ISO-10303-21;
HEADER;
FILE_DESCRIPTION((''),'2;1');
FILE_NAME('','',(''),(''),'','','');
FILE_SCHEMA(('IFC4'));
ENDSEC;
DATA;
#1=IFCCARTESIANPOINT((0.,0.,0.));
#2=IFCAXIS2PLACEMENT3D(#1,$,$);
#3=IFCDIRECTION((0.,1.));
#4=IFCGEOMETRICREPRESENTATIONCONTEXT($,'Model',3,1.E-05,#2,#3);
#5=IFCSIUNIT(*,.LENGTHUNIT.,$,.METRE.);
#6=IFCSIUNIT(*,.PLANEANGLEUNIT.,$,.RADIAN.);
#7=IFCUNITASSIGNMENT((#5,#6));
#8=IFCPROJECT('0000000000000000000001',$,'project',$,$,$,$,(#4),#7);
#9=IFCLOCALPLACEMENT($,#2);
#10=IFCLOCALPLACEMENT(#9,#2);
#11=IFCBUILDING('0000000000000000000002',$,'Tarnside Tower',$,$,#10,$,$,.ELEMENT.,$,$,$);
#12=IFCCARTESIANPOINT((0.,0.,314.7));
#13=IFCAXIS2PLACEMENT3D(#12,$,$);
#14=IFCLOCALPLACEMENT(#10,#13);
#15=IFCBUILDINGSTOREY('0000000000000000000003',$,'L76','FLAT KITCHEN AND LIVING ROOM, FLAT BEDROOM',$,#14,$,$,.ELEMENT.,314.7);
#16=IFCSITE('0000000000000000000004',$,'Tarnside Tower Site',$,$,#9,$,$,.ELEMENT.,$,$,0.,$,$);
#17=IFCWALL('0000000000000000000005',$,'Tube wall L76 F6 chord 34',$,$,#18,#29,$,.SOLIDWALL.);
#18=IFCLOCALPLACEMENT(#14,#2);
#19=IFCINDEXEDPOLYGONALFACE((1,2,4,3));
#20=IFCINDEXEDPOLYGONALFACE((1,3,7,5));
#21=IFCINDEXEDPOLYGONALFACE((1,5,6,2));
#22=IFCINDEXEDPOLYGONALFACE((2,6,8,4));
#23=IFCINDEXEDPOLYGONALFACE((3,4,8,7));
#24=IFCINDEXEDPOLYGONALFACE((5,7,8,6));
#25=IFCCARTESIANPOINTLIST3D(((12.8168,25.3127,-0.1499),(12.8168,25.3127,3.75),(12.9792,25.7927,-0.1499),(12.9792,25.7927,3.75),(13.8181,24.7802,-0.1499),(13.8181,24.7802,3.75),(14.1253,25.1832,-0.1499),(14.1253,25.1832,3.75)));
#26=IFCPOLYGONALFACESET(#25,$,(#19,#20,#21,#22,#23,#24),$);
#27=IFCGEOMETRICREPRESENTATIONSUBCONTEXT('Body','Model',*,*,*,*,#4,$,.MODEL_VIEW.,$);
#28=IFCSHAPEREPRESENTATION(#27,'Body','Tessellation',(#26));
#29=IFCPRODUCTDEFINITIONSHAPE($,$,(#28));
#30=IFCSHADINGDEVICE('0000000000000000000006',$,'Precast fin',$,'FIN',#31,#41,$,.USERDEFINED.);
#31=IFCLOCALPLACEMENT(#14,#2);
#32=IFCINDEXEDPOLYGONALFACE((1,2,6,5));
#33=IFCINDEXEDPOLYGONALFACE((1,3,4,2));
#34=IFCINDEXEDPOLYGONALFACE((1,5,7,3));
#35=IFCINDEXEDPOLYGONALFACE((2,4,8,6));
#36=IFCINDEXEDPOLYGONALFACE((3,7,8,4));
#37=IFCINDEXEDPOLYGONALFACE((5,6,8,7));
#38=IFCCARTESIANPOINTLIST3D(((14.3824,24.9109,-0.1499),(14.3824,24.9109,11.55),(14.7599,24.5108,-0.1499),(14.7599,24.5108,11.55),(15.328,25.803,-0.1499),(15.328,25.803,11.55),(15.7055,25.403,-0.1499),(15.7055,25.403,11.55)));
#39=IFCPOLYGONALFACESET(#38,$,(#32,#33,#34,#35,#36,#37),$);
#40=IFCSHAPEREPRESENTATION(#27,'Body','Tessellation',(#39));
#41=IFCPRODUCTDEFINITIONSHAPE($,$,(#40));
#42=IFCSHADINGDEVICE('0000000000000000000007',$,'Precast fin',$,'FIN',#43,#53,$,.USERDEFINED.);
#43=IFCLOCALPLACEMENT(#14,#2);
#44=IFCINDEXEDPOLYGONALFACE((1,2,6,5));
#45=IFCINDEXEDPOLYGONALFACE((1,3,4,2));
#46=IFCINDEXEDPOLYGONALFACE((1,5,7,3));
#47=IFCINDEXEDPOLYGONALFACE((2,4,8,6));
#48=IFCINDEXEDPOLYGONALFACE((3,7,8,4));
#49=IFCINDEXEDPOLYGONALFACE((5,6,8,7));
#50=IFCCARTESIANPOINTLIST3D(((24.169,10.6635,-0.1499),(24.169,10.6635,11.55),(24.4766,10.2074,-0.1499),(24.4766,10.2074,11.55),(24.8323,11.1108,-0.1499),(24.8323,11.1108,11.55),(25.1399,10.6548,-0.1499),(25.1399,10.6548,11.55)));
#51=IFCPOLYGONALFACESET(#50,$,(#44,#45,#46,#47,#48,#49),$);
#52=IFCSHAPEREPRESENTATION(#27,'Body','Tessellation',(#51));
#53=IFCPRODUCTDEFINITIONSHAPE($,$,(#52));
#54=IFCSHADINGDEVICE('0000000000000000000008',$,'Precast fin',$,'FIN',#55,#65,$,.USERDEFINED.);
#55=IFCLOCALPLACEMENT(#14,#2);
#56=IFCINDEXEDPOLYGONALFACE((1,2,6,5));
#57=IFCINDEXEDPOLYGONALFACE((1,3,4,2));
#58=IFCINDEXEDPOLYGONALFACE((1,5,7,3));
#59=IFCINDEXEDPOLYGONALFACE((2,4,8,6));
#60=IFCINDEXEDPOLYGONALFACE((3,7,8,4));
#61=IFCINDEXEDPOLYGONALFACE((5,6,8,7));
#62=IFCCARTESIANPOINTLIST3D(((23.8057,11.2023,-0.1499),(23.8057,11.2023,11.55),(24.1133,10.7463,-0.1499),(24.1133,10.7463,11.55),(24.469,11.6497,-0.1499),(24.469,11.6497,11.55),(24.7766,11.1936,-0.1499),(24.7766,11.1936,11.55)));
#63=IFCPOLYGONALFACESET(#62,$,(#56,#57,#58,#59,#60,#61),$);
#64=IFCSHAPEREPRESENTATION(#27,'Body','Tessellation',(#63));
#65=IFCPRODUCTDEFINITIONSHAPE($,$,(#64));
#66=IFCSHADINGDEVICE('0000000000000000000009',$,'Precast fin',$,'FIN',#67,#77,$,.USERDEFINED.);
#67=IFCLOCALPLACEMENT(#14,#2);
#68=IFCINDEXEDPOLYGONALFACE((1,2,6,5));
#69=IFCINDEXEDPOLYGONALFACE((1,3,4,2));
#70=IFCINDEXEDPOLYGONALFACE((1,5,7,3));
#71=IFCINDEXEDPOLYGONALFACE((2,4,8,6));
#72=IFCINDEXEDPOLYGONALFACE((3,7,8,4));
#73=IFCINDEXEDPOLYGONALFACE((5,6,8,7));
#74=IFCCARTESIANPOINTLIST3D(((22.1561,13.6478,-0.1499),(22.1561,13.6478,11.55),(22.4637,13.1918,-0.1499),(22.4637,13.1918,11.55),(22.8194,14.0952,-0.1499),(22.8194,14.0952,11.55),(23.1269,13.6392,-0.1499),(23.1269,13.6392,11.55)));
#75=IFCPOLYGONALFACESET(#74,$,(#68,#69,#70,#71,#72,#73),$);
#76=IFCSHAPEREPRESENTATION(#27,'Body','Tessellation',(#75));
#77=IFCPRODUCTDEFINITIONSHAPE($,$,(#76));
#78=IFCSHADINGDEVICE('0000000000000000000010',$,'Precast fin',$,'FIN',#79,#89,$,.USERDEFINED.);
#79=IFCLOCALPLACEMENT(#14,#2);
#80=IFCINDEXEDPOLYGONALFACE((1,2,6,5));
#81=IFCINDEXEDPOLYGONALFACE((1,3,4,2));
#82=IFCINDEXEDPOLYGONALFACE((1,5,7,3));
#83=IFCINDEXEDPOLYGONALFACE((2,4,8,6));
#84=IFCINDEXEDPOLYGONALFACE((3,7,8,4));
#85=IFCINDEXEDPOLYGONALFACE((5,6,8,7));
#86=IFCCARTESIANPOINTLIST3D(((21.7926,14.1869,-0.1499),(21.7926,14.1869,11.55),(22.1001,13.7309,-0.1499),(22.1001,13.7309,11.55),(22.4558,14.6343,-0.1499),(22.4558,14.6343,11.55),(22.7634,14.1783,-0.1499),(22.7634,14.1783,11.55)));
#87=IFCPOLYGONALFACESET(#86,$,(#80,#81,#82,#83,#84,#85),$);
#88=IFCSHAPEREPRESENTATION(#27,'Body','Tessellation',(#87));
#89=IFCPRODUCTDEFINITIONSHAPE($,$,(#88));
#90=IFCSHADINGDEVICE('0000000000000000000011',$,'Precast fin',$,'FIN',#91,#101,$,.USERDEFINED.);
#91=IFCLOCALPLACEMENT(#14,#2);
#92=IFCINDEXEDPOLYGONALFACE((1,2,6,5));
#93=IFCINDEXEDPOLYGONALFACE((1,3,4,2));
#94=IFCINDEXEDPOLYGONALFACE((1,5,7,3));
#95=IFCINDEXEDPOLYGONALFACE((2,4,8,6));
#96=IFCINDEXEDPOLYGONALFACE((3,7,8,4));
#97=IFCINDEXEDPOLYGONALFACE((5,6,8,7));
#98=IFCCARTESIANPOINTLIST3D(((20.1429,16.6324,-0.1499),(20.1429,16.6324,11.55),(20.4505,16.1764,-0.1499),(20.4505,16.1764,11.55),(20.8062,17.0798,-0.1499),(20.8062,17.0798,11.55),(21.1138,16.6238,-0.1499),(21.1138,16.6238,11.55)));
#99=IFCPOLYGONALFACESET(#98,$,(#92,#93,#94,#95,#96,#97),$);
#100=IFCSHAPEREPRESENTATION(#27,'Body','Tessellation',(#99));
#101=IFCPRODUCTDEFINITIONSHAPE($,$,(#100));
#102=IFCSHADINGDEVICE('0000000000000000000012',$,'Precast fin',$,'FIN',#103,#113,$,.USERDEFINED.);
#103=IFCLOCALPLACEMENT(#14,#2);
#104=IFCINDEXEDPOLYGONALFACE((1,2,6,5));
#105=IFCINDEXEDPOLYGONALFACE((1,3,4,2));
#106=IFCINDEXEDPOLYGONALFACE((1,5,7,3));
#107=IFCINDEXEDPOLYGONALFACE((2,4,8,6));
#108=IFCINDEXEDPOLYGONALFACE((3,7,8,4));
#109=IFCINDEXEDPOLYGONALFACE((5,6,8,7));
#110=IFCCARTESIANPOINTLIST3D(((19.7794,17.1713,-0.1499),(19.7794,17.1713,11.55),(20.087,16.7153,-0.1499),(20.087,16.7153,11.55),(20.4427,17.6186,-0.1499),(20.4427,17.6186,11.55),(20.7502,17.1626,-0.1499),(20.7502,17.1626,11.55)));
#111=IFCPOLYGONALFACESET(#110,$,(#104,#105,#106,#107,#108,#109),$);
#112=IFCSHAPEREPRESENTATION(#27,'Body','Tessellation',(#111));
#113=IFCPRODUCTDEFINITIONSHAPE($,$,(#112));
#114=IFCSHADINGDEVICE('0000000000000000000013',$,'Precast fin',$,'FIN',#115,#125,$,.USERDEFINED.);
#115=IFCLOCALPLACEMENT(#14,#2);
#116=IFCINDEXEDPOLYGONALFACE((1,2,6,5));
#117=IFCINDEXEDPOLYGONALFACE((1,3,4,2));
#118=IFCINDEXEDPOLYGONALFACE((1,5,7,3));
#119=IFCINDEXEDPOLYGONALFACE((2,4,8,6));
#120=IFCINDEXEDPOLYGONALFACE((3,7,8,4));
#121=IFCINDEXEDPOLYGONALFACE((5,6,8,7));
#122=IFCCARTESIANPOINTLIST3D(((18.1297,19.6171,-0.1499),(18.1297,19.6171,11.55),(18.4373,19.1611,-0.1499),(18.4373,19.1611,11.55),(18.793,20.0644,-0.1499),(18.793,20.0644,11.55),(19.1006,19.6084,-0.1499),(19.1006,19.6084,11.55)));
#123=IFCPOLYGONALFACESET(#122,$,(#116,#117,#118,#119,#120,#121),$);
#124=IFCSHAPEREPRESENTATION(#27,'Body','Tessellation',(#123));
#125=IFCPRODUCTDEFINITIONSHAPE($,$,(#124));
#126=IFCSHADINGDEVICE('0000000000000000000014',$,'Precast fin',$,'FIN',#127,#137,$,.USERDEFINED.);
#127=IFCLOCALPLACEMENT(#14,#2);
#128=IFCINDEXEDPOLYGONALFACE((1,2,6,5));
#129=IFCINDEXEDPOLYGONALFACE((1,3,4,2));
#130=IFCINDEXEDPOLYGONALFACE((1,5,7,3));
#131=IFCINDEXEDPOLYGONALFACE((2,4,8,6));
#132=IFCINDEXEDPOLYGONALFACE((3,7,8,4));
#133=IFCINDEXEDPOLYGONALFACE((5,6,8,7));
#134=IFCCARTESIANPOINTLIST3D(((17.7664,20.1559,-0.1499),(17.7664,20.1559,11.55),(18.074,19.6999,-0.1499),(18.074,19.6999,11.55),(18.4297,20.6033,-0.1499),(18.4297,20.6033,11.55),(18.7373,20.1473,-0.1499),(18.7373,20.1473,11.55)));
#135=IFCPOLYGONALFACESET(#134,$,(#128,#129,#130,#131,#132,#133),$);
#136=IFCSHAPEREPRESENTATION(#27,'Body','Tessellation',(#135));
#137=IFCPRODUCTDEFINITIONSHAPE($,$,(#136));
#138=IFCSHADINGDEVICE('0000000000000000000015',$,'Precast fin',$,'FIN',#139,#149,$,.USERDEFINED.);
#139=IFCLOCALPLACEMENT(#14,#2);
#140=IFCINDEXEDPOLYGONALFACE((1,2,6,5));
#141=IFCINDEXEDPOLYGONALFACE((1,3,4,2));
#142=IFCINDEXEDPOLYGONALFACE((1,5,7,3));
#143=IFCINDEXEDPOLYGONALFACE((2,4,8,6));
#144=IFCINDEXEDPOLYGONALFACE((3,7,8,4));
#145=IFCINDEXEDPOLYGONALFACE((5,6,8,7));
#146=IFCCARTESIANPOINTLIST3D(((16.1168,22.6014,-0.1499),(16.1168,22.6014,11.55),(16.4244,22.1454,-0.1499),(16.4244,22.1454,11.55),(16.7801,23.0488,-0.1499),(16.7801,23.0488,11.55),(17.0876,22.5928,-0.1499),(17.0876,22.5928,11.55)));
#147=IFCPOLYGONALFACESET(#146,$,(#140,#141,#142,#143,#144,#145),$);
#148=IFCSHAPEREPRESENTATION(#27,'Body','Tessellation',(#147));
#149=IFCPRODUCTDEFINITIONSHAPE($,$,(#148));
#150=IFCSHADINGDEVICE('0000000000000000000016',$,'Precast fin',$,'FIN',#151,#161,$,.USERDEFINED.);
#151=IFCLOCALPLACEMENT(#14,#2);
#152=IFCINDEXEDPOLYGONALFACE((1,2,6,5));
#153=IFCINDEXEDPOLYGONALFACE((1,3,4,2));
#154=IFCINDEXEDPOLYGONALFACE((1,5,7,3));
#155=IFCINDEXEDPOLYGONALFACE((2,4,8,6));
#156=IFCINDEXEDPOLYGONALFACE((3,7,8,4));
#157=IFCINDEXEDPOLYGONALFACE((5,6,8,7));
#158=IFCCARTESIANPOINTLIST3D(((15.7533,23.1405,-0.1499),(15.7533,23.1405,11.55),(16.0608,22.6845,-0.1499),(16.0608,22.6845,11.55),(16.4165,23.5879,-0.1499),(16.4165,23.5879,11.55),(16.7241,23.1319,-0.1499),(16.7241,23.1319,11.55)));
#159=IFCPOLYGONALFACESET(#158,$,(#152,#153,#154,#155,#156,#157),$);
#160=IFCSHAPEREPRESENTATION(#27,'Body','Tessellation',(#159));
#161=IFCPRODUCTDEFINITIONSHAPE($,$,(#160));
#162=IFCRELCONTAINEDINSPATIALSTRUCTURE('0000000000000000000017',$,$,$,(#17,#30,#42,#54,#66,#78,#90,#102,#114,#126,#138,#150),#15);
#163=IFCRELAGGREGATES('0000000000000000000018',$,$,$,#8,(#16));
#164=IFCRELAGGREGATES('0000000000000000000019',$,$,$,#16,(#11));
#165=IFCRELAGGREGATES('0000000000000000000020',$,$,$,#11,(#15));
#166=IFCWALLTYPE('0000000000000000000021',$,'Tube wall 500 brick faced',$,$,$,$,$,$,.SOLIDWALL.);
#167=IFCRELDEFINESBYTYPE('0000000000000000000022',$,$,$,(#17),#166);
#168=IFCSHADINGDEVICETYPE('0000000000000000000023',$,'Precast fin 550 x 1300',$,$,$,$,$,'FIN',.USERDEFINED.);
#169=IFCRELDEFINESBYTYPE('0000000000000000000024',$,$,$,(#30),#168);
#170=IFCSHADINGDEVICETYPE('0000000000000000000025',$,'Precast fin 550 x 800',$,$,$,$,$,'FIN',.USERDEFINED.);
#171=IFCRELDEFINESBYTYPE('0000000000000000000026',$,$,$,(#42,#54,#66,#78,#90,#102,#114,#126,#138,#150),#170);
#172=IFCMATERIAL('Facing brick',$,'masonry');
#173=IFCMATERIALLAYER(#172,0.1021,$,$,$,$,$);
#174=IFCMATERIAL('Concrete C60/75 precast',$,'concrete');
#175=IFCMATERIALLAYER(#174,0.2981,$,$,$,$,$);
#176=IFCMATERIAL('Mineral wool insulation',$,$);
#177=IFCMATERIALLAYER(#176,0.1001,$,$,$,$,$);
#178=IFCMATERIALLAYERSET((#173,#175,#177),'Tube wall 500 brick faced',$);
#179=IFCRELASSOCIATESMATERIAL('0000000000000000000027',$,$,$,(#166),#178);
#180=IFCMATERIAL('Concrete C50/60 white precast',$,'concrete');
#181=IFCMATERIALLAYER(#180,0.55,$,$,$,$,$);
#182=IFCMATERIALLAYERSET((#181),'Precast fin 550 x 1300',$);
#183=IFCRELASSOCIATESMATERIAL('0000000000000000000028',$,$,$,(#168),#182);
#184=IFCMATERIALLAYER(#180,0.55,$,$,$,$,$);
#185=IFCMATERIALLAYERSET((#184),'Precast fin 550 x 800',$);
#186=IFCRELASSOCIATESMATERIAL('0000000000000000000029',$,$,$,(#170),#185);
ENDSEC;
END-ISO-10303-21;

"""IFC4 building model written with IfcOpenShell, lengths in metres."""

from ifc_helpers import new_model, si_unit, direction, frame, origin, place, context, subcontext, project, spatial, polyline, outline, extrude, material, layer, layer_set, type_object, element, save


model = new_model("IFC4")

# Units and contexts
model_context = context("Model", 3, precision=1e-05, world=origin(), true_north=direction((0.0, 1.0)))
body_context = subcontext(model_context, "Body", "Model", "MODEL_VIEW")
ifc_project = project(units=[si_unit("LENGTHUNIT", "METRE"), si_unit("PLANEANGLEUNIT", "RADIAN")], contexts=[model_context])

# Site, building, storey
site_placement = place(None, origin())
site = spatial("IfcSite", under=ifc_project, at=site_placement, Name="Tarnside Tower Site", CompositionType="ELEMENT", RefElevation=0.0)
building_placement = place(site_placement, origin())
building = spatial("IfcBuilding", under=site, at=building_placement, Name="Tarnside Tower", CompositionType="ELEMENT")
storey_placement = place(building_placement, frame((0.0, 0.0, 314.7)))
storey = spatial("IfcBuildingStorey", under=building, at=storey_placement, Name="L76", Description="FLAT KITCHEN AND LIVING ROOM, FLAT BEDROOM", CompositionType="ELEMENT", Elevation=314.7)

# Wall
ifc_material_1 = material(Name="Concrete C60/75 precast", Category="concrete")
ifc_material_2 = material(Name="Mineral wool insulation")
ifc_material_3 = material(Name="Facing brick", Category="masonry")
ifc_layer_1 = layer(ifc_material_3, 0.1021)
ifc_layer_2 = layer(ifc_material_1, 0.2981)
ifc_layer_3 = layer(ifc_material_2, 0.1001)
ifc_layer_set_1 = layer_set([ifc_layer_1, ifc_layer_2, ifc_layer_3], Name="Tube wall 500 brick faced")
wall_type_1 = type_object("IfcWallType", Name="Tube wall 500 brick faced", PredefinedType="SOLIDWALL", material=ifc_layer_set_1)
wall_1_placement = place(storey_placement, frame((13.9717, 24.9817, -0.1499), z_axis=(0.0, 0.0, 1.0), x_axis=(-0.882902, 0.469556, 0.0)))
element("IfcWall", 1, at=wall_1_placement, inside=storey, type_object=wall_type_1, Name="Tube wall L76 F6 chord 34", PredefinedType="SOLIDWALL", context=body_context, shape_type="SweptSolid", body=[
    extrude(outline(polyline([(-0.041, -0.25), (1.2571, -0.25), (1.175, 0.25), (0.041, 0.25), (-0.041, -0.25)])), origin(), (0.0, 0.0, 1.0), 3.8999),
])

# Shading devices
ifc_material_4 = material(Name="Concrete C50/60 white precast", Category="concrete")
ifc_layer_4 = layer(ifc_material_4, 0.55)
ifc_layer_set_2 = layer_set([ifc_layer_4], Name="Precast fin 550 x 1300")
shading_device_type_1 = type_object("IfcShadingDeviceType", Name="Precast fin 550 x 1300", ElementType="FIN", PredefinedType="USERDEFINED", material=ifc_layer_set_2)
shading_device_placement = place(storey_placement, frame((14.571, 24.7109, -0.1499), z_axis=(0.686242, -0.727374, 0.0), x_axis=(0.727374, 0.686242, 0.0)))
element("IfcShadingDevice", 2, at=shading_device_placement, inside=storey, type_object=shading_device_type_1, Name="Precast fin", ObjectType="FIN", PredefinedType="USERDEFINED", context=body_context, shape_type="SweptSolid", body=[
    extrude(outline(polyline([(0.0, 0.0), (1.3, 0.0), (1.3, 11.7), (0.0, 11.7), (0.0, 0.0)])), frame((0.0, 0.0, -0.2749)), (0.0, 0.0, 1.0), 0.55),
])
ifc_layer_5 = layer(ifc_material_4, 0.55)
ifc_layer_set_3 = layer_set([ifc_layer_5], Name="Precast fin 550 x 800")
shading_device_type_2 = type_object("IfcShadingDeviceType", Name="Precast fin 550 x 800", ElementType="FIN", PredefinedType="USERDEFINED", material=ifc_layer_set_3)
for number, where, z_axis, x_axis, name in (
    (3, (24.3228, 10.4355, -0.1499), (0.559193, -0.829038, 0.0), (0.829038, 0.559193, 0.0), "Precast fin"),
    (4, (23.9595, 10.9744, -0.1499), (0.559193, -0.829038, 0.0), (0.829038, 0.559193, 0.0), "Precast fin"),
    (5, (22.3098, 13.4199, -0.1499), (0.559193, -0.829038, 0.0), (0.829038, 0.559193, 0.0), "Precast fin"),
    (6, (21.9463, 13.959, -0.1499), (0.559193, -0.829038, 0.0), (0.829038, 0.559193, 0.0), "Precast fin"),
    (7, (20.2966, 16.4045, -0.1499), (0.559193, -0.829038, 0.0), (0.829038, 0.559193, 0.0), "Precast fin"),
    (8, (19.9331, 16.9434, -0.1499), (0.559193, -0.829038, 0.0), (0.829038, 0.559193, 0.0), "Precast fin"),
    (9, (18.2834, 19.3892, -0.1499), (0.559193, -0.829038, 0.0), (0.829038, 0.559193, 0.0), "Precast fin"),
    (10, (17.9202, 19.928, -0.1499), (0.559193, -0.829038, 0.0), (0.829038, 0.559193, 0.0), "Precast fin"),
    (11, (16.2705, 22.3735, -0.1499), (0.559193, -0.829038, 0.0), (0.829038, 0.559193, 0.0), "Precast fin"),
    (12, (15.907, 22.9126, -0.1499), (0.559193, -0.829038, 0.0), (0.829038, 0.559193, 0.0), "Precast fin"),
):
    element("IfcShadingDevice", number, at=place(storey_placement, frame(where, z_axis=z_axis, x_axis=x_axis)), inside=storey, type_object=shading_device_type_2, Name=name, ObjectType="FIN", PredefinedType="USERDEFINED", context=body_context, shape_type="SweptSolid", body=[
        extrude(outline(polyline([(0.0, 0.0), (0.8, 0.0), (0.8, 11.7), (0.0, 11.7), (0.0, 0.0)])), frame((0.0, 0.0, -0.2749)), (0.0, 0.0, 1.0), 0.55),
    ])

save(model, "model.ifc")
